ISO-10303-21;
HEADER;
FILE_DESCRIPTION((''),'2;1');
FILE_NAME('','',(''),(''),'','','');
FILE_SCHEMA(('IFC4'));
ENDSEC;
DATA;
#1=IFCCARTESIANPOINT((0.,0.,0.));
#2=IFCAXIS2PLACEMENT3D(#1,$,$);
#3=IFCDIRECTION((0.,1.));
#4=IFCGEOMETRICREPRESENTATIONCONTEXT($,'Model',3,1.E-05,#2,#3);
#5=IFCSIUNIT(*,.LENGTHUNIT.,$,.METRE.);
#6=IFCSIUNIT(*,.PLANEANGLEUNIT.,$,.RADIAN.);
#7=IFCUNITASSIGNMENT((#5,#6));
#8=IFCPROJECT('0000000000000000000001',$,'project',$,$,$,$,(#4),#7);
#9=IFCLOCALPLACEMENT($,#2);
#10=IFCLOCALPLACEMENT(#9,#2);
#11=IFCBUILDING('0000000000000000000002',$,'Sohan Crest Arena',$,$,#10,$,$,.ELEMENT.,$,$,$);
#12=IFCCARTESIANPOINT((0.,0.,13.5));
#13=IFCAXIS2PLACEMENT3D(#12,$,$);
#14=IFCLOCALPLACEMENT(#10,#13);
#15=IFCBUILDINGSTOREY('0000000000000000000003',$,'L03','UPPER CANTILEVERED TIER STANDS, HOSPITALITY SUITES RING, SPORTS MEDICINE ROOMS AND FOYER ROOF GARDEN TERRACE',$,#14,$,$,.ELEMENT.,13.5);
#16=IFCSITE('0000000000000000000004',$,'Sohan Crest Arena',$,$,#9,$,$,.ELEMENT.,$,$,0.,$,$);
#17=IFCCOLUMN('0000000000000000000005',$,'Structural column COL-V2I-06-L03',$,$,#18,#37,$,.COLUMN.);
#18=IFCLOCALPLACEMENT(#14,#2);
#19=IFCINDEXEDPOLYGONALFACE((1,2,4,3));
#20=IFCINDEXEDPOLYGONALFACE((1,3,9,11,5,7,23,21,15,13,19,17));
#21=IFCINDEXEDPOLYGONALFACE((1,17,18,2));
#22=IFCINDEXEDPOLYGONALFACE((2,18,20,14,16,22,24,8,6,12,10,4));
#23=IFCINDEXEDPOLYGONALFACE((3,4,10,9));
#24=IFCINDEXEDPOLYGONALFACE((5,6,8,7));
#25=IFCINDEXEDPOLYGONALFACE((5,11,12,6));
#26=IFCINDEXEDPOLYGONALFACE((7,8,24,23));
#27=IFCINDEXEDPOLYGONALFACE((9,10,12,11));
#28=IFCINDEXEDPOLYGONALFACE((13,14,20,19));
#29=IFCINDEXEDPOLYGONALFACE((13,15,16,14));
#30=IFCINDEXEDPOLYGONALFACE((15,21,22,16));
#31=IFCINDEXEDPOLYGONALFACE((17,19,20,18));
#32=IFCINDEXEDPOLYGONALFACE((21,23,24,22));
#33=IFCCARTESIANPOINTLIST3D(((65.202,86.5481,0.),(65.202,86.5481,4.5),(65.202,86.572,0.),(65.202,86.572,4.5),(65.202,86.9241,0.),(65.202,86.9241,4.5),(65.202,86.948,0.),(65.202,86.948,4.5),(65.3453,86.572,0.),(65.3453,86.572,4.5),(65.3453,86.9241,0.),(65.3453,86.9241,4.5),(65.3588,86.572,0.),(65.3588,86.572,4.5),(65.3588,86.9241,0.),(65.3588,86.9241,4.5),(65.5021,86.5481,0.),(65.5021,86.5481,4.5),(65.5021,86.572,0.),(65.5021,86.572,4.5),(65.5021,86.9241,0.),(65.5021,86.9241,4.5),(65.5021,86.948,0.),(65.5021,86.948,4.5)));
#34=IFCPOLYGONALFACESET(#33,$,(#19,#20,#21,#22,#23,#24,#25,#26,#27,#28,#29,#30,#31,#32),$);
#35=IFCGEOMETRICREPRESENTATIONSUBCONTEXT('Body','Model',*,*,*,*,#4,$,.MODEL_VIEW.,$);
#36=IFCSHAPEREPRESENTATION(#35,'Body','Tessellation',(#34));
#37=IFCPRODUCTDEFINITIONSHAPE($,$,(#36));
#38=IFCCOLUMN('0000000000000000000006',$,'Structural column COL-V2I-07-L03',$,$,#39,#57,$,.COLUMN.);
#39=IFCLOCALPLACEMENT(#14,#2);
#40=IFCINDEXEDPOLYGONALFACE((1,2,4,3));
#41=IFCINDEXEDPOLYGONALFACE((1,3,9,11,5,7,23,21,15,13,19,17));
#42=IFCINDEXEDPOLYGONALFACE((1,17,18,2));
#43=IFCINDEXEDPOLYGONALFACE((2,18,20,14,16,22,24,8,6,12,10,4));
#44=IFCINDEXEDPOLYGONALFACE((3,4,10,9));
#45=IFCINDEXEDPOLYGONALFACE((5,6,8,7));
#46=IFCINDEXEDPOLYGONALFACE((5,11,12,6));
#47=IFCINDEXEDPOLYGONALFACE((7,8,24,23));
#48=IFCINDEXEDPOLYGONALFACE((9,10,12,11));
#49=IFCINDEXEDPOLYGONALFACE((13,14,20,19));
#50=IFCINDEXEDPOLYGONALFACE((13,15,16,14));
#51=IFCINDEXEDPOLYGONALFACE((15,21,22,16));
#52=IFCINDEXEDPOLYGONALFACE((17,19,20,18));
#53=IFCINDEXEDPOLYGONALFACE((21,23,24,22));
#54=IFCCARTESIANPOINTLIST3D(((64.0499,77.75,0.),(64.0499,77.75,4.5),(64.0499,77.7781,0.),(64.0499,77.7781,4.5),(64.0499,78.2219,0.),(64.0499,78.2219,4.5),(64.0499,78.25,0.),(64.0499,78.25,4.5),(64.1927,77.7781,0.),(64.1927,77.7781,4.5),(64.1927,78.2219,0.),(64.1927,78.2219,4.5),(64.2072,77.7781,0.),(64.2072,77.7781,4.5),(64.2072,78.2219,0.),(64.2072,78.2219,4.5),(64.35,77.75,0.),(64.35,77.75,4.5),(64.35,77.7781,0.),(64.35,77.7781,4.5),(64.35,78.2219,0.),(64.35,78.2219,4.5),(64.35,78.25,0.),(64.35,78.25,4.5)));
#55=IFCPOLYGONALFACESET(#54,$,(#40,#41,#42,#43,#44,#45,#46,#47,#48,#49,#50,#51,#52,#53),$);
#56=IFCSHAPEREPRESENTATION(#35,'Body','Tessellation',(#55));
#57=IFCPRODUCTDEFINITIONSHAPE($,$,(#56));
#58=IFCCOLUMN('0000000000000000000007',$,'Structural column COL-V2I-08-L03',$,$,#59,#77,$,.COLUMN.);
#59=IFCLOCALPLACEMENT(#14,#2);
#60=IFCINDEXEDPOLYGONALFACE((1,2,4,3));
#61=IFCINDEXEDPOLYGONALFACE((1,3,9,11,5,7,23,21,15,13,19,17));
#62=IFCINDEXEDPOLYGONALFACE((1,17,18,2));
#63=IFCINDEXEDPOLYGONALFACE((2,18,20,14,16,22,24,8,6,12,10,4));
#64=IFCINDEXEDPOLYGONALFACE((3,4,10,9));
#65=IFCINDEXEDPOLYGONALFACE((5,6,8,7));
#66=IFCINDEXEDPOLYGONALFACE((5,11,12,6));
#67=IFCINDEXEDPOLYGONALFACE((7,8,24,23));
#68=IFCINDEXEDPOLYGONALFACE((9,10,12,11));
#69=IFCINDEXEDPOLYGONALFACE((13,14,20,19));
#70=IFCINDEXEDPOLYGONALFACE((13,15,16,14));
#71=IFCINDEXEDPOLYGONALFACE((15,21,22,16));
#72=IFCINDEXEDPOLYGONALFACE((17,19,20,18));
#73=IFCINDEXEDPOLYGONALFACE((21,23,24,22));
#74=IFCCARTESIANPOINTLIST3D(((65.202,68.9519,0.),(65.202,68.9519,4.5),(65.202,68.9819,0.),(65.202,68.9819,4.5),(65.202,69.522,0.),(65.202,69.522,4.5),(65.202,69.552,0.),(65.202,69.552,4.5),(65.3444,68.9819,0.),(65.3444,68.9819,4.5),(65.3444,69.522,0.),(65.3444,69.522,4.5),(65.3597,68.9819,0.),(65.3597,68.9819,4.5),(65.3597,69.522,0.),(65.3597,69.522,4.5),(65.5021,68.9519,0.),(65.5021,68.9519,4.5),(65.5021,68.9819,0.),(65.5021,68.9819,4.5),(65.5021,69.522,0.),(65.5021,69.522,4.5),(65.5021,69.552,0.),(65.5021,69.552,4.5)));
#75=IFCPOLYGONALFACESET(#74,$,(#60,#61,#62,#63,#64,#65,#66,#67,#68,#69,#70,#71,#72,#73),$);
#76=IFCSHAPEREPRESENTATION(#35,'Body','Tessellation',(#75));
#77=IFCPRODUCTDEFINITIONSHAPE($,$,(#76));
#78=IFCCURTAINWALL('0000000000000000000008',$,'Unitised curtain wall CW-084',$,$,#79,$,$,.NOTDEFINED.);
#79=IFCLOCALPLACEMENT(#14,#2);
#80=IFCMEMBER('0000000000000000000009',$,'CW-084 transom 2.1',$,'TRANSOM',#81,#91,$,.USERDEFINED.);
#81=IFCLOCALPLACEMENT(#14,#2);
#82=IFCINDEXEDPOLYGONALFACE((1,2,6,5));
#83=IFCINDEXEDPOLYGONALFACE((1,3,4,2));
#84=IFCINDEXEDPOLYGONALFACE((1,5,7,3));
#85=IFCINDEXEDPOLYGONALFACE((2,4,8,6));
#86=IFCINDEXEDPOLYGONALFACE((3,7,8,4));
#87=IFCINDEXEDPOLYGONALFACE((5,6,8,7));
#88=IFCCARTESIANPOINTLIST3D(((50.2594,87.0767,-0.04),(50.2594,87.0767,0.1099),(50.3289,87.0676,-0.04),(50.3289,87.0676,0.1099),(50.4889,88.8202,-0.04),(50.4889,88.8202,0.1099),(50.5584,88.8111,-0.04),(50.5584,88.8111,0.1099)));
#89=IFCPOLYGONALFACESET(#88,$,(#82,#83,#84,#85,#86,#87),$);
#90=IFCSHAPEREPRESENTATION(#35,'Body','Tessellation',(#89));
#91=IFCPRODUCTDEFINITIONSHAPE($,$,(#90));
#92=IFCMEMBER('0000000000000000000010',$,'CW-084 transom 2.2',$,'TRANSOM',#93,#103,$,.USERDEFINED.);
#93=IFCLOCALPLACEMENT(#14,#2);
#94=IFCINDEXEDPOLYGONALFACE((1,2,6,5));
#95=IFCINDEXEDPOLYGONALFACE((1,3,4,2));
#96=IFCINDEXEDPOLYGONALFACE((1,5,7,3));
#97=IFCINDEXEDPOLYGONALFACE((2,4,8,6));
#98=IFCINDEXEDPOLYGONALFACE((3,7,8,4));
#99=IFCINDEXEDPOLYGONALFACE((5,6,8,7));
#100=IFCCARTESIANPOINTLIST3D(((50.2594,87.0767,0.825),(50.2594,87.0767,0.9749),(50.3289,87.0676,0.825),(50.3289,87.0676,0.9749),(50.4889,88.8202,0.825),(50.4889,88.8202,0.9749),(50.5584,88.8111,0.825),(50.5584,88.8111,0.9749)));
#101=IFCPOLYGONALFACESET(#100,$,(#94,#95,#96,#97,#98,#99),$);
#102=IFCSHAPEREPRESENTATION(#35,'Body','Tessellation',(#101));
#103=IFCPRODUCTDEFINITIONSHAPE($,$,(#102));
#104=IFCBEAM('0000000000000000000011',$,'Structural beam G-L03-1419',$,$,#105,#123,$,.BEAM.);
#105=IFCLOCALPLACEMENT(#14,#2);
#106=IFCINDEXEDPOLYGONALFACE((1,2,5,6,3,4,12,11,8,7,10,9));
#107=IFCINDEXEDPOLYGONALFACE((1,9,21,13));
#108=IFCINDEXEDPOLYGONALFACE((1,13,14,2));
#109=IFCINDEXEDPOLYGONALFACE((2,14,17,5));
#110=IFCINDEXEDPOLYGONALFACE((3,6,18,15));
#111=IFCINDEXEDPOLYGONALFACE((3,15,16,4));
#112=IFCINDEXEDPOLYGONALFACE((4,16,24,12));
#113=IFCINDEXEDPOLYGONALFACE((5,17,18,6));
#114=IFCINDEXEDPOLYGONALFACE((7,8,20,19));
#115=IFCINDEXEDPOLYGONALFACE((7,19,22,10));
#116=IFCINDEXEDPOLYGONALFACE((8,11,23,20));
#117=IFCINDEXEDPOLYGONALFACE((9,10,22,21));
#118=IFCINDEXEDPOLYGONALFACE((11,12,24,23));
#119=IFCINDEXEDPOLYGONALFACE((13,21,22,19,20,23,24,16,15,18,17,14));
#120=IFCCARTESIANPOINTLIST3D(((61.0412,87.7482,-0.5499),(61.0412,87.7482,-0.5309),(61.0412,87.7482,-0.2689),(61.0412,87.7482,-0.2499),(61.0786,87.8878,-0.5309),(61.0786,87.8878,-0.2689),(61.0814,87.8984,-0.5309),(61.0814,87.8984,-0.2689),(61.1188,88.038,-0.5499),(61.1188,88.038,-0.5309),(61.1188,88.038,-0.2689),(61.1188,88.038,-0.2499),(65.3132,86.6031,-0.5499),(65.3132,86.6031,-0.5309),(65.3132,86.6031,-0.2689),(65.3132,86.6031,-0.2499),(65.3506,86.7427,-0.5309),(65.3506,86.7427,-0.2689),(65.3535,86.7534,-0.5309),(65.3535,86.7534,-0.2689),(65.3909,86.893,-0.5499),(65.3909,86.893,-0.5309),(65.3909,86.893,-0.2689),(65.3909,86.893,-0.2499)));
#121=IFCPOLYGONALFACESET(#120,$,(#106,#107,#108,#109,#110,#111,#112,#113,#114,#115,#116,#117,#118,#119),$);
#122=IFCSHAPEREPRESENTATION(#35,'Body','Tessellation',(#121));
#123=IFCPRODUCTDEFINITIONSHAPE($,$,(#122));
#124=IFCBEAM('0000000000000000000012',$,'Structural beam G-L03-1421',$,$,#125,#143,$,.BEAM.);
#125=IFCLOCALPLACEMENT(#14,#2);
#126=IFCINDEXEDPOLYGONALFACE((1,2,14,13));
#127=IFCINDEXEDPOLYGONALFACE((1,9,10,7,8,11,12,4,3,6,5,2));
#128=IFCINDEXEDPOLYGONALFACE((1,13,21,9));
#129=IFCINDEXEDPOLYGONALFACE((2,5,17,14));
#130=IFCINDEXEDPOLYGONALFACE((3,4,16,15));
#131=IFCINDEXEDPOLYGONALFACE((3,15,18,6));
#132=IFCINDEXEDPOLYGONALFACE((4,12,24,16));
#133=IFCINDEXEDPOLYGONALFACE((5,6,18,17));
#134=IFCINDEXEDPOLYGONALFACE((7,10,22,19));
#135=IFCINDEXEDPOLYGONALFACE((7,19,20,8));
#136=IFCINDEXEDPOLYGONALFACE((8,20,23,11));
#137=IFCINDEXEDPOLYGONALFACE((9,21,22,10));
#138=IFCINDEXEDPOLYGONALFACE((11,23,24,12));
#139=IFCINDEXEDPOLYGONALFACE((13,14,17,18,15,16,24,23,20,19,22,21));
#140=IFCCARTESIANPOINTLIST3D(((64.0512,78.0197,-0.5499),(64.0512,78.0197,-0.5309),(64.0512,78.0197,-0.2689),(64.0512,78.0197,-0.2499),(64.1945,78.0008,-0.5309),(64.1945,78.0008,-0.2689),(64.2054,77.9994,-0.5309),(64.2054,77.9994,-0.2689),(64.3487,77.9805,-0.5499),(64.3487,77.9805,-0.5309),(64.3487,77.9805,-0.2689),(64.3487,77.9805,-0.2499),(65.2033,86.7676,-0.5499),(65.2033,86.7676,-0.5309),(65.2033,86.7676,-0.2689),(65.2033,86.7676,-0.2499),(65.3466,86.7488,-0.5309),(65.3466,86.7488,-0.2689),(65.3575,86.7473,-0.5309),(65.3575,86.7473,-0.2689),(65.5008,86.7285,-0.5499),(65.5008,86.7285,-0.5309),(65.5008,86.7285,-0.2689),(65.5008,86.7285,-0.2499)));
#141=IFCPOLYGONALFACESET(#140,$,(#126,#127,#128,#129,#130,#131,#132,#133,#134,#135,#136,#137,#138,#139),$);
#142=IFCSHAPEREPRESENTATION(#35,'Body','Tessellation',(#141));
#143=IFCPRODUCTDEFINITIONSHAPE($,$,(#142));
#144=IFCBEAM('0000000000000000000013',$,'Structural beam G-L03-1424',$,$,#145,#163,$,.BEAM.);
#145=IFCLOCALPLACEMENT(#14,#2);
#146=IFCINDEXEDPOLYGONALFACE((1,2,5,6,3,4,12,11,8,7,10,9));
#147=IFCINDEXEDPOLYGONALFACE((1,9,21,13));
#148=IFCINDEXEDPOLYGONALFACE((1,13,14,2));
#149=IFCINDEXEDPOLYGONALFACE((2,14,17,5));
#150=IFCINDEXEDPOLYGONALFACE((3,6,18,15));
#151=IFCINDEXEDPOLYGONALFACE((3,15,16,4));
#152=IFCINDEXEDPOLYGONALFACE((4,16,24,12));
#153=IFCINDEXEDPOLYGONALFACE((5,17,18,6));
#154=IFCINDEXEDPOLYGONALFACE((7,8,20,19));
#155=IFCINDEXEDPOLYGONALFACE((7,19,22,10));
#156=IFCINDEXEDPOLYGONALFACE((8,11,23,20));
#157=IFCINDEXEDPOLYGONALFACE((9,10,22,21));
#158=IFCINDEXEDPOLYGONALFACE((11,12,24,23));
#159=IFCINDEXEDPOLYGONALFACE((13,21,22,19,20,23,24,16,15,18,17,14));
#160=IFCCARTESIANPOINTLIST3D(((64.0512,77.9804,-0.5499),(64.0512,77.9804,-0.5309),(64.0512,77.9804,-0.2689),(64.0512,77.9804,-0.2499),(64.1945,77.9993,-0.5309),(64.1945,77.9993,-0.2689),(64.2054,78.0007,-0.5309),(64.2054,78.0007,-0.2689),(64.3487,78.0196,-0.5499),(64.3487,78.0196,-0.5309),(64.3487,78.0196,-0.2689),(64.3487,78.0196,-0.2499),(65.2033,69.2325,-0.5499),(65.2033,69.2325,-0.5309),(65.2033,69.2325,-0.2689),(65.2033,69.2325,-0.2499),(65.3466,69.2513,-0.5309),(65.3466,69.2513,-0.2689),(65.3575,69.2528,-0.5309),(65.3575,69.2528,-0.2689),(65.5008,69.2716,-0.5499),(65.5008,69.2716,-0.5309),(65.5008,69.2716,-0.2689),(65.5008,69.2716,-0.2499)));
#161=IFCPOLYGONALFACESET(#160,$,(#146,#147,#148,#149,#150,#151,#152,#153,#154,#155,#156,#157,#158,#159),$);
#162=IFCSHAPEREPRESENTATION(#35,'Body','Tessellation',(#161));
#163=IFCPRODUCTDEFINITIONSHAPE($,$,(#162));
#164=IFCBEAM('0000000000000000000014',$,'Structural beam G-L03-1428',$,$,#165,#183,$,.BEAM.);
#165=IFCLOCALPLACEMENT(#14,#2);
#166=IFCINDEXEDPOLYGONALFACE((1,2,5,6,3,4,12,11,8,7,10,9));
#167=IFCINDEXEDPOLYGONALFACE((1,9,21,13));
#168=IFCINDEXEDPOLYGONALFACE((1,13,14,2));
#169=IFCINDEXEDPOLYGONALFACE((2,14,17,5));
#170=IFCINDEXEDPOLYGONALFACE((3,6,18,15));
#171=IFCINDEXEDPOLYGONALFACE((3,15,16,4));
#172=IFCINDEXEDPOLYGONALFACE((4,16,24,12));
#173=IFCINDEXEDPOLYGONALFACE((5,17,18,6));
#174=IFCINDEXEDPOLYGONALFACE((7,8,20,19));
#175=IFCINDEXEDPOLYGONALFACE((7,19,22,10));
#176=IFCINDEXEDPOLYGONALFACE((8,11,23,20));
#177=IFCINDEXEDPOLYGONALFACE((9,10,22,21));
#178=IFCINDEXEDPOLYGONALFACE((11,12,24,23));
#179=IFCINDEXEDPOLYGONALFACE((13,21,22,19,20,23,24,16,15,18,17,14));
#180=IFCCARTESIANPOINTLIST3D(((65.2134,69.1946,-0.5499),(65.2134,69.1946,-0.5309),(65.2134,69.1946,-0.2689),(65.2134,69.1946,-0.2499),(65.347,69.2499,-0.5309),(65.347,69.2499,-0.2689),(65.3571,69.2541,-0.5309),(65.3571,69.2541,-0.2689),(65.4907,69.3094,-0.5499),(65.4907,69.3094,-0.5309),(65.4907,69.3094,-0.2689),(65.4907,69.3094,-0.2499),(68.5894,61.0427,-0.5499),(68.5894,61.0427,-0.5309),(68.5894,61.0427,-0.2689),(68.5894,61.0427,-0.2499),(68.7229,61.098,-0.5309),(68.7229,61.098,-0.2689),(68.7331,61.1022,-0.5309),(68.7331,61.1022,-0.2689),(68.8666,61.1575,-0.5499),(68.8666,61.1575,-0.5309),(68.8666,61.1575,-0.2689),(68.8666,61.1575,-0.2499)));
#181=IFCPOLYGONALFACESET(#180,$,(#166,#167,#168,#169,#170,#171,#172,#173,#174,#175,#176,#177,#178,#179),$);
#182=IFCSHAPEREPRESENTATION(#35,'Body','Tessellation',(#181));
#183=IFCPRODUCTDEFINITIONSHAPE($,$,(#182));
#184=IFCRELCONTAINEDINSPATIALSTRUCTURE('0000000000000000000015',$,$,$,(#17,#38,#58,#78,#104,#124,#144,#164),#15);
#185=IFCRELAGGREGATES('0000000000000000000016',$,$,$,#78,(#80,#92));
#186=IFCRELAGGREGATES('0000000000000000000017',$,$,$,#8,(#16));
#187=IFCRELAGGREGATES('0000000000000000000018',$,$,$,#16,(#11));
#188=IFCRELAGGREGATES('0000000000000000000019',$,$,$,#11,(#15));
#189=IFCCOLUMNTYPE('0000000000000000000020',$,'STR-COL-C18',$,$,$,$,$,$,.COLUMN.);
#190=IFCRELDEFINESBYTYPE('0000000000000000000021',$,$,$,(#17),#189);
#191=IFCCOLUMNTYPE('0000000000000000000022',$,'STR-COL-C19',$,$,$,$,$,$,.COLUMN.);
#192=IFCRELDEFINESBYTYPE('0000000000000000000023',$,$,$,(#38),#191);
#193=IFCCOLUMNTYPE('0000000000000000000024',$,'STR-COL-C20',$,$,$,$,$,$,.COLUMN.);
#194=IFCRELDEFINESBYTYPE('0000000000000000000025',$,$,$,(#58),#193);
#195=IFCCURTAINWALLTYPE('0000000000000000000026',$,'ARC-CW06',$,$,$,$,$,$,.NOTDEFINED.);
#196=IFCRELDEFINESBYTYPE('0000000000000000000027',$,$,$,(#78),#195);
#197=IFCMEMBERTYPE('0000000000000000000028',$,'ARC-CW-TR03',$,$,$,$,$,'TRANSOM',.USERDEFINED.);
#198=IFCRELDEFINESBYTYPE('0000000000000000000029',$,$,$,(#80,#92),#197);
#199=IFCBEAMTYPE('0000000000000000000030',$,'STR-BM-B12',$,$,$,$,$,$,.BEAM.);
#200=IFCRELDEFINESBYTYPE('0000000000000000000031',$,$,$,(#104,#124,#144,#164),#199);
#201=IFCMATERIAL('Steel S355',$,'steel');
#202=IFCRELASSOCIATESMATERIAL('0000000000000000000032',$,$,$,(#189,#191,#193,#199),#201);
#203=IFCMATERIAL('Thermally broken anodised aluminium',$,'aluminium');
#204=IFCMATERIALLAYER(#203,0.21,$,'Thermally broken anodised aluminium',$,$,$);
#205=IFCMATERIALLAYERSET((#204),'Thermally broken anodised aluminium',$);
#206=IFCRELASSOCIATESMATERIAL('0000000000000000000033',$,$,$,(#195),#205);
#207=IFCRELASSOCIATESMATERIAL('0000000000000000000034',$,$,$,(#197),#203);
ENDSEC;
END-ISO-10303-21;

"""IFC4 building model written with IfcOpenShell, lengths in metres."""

from ifc_helpers import new_model, si_unit, direction, frame, origin, origin_2d, place, context, subcontext, project, spatial, rectangle, i_section, extrude, material, layer, layer_set, material_profile, profile_set, type_object, element, aggregate, save


model = new_model("IFC4")

# Units and contexts
model_context = context("Model", 3, precision=1e-05, world=origin(), true_north=direction((0.0, 1.0)))
body_context = subcontext(model_context, "Body", "Model", "MODEL_VIEW")
ifc_project = project(units=[si_unit("LENGTHUNIT", "METRE"), si_unit("PLANEANGLEUNIT", "RADIAN")], contexts=[model_context])

# Site, building, storey
site_placement = place(None, origin())
site = spatial("IfcSite", under=ifc_project, at=site_placement, Name="Sohan Crest Arena", CompositionType="ELEMENT", RefElevation=0.0)
building_placement = place(site_placement, origin())
building = spatial("IfcBuilding", under=site, at=building_placement, Name="Sohan Crest Arena", CompositionType="ELEMENT")
storey_placement = place(building_placement, frame((0.0, 0.0, 13.5)))
storey = spatial("IfcBuildingStorey", under=building, at=storey_placement, Name="L03", Description="UPPER CANTILEVERED TIER STANDS, HOSPITALITY SUITES RING, SPORTS MEDICINE ROOMS AND FOYER ROOF GARDEN TERRACE", CompositionType="ELEMENT", Elevation=13.5)

# Columns
ifc_material_1 = material(Name="Steel S355", Category="steel")
ifc_material_profile_1 = material_profile(ifc_material_1, i_section(OverallWidth=0.3, OverallDepth=0.3999, WebThickness=0.0134, FlangeThickness=0.0239, at=origin_2d()), Name="HEB 400")
ifc_profile_set_1 = profile_set([ifc_material_profile_1], Name="Steel S355")
column_type_1 = type_object("IfcColumnType", Name="STR-COL-C18", PredefinedType="COLUMN", material=ifc_profile_set_1)
column_1_placement = place(storey_placement, frame((65.3521, 86.748, 0.0), z_axis=(0.0, 0.0, 1.0), x_axis=(1.0, 0.0, 0.0)))
element("IfcColumn", 1, at=column_1_placement, inside=storey, type_object=column_type_1, Name="Structural column COL-V2I-06-L03", PredefinedType="COLUMN", context=body_context, shape_type="SweptSolid", body=[
    extrude(i_section(OverallWidth=0.3, OverallDepth=0.3999, WebThickness=0.0134, FlangeThickness=0.0239, at=origin_2d()), origin(), (0.0, 0.0, 1.0), 4.5),
])
ifc_material_profile_2 = material_profile(ifc_material_1, i_section(OverallWidth=0.3, OverallDepth=0.5, WebThickness=0.0144, FlangeThickness=0.0281, at=origin_2d()), Name="HEB 500")
ifc_profile_set_2 = profile_set([ifc_material_profile_2], Name="Steel S355")
column_type_2 = type_object("IfcColumnType", Name="STR-COL-C19", PredefinedType="COLUMN", material=ifc_profile_set_2)
column_2_placement = place(storey_placement, frame((64.2, 78.0, 0.0), z_axis=(0.0, 0.0, 1.0), x_axis=(1.0, 0.0, 0.0)))
element("IfcColumn", 2, at=column_2_placement, inside=storey, type_object=column_type_2, Name="Structural column COL-V2I-07-L03", PredefinedType="COLUMN", context=body_context, shape_type="SweptSolid", body=[
    extrude(i_section(OverallWidth=0.3, OverallDepth=0.5, WebThickness=0.0144, FlangeThickness=0.0281, at=origin_2d()), origin(), (0.0, 0.0, 1.0), 4.5),
])
ifc_material_profile_3 = material_profile(ifc_material_1, i_section(OverallWidth=0.3, OverallDepth=0.6001, WebThickness=0.0154, FlangeThickness=0.03, at=origin_2d()), Name="HEB 600")
ifc_profile_set_3 = profile_set([ifc_material_profile_3], Name="Steel S355")
column_type_3 = type_object("IfcColumnType", Name="STR-COL-C20", PredefinedType="COLUMN", material=ifc_profile_set_3)
column_3_placement = place(storey_placement, frame((65.3521, 69.252, 0.0), z_axis=(0.0, 0.0, 1.0), x_axis=(1.0, 0.0, 0.0)))
element("IfcColumn", 3, at=column_3_placement, inside=storey, type_object=column_type_3, Name="Structural column COL-V2I-08-L03", PredefinedType="COLUMN", context=body_context, shape_type="SweptSolid", body=[
    extrude(i_section(OverallWidth=0.3, OverallDepth=0.6001, WebThickness=0.0154, FlangeThickness=0.03, at=origin_2d()), origin(), (0.0, 0.0, 1.0), 4.5),
])

# Curtain wall, members
ifc_material_2 = material(Name="Thermally broken anodised aluminium", Category="aluminium")
ifc_layer_1 = layer(ifc_material_2, 0.21, Name="Thermally broken anodised aluminium")
ifc_layer_set_1 = layer_set([ifc_layer_1], Name="Thermally broken anodised aluminium")
curtain_wall_type = type_object("IfcCurtainWallType", Name="ARC-CW06", PredefinedType="NOTDEFINED", material=ifc_layer_set_1)
curtain_wall_placement = place(storey_placement, origin())
curtain_wall = element("IfcCurtainWall", 4, at=curtain_wall_placement, inside=storey, type_object=curtain_wall_type, Name="Unitised curtain wall CW-084", PredefinedType="NOTDEFINED")
ifc_material_profile_4 = material_profile(ifc_material_2, rectangle(XDim=0.0701, YDim=0.1499, at=origin_2d()), Name="ALU-TRAN 70x150")
ifc_profile_set_4 = profile_set([ifc_material_profile_4], Name="Thermally broken anodised aluminium")
member_type = type_object("IfcMemberType", Name="ARC-CW-TR03", ElementType="TRANSOM", PredefinedType="USERDEFINED", material=ifc_profile_set_4)
member_1_placement = place(storey_placement, frame((50.5237, 88.8157, 0.0349), z_axis=(-0.130508, -0.991447, 0.0), x_axis=(0.991447, -0.130508, 0.0)))
member_1 = element("IfcMember", 5, at=member_1_placement, type_object=member_type, Name="CW-084 transom 2.1", ObjectType="TRANSOM", PredefinedType="USERDEFINED", context=body_context, shape_type="SweptSolid", body=[
    extrude(rectangle(XDim=0.0701, YDim=0.1499, at=origin_2d()), origin(), (0.0, 0.0, 1.0), 1.7585),
])
member_2_placement = place(storey_placement, frame((50.5237, 88.8157, 0.8999), z_axis=(-0.130508, -0.991447, 0.0), x_axis=(0.991447, -0.130508, 0.0)))
member_2 = element("IfcMember", 6, at=member_2_placement, type_object=member_type, Name="CW-084 transom 2.2", ObjectType="TRANSOM", PredefinedType="USERDEFINED", context=body_context, shape_type="SweptSolid", body=[
    extrude(rectangle(XDim=0.0701, YDim=0.1499, at=origin_2d()), origin(), (0.0, 0.0, 1.0), 1.7585),
])
aggregate(curtain_wall, [member_1, member_2])

# Beams
ifc_material_profile_5 = material_profile(ifc_material_1, i_section(OverallWidth=0.3, OverallDepth=0.3, WebThickness=0.011, FlangeThickness=0.019, at=origin_2d()), Name="HEB 300")
ifc_profile_set_5 = profile_set([ifc_material_profile_5], Name="Steel S355")
beam_type_1 = type_object("IfcBeamType", Name="STR-BM-B12", PredefinedType="BEAM", material=ifc_profile_set_5)
beam_1_placement = place(storey_placement, frame((65.3521, 86.748, -0.3999), z_axis=(-0.965906, 0.258892, 0.0), x_axis=(-0.258892, -0.965906, 0.0)))
element("IfcBeam", 7, at=beam_1_placement, inside=storey, type_object=beam_type_1, Name="Structural beam G-L03-1419", PredefinedType="BEAM", context=body_context, shape_type="SweptSolid", body=[
    extrude(i_section(OverallWidth=0.3, OverallDepth=0.3, WebThickness=0.011, FlangeThickness=0.019, at=origin_2d()), origin(), (0.0, 0.0, 1.0), 4.4229),
])
for number, where, z_axis, x_axis, name in (
    (8, (65.3521, 86.748, -0.3999), (-0.13057, -0.991439, 0.0), (0.991439, -0.13057, 0.0), "Structural beam G-L03-1421"),
    (9, (64.2, 78.0, -0.3999), (0.13057, -0.991439, 0.0), (0.991439, 0.13057, 0.0), "Structural beam G-L03-1424"),
):
    element("IfcBeam", number, at=place(storey_placement, frame(where, z_axis=z_axis, x_axis=x_axis)), inside=storey, type_object=beam_type_1, Name=name, PredefinedType="BEAM", context=body_context, shape_type="SweptSolid", body=[
        extrude(i_section(OverallWidth=0.3, OverallDepth=0.3, WebThickness=0.011, FlangeThickness=0.019, at=origin_2d()), origin(), (0.0, 0.0, 1.0), 8.8235),
    ])
beam_2_placement = place(storey_placement, frame((65.3521, 69.252, -0.3999), z_axis=(0.382622, -0.923905, 0.0), x_axis=(0.923905, 0.382622, 0.0)))
element("IfcBeam", 10, at=beam_2_placement, inside=storey, type_object=beam_type_1, Name="Structural beam G-L03-1428", PredefinedType="BEAM", context=body_context, shape_type="SweptSolid", body=[
    extrude(i_section(OverallWidth=0.3, OverallDepth=0.3, WebThickness=0.011, FlangeThickness=0.019, at=origin_2d()), origin(), (0.0, 0.0, 1.0), 8.8232),
])

save(model, "model.ifc")
